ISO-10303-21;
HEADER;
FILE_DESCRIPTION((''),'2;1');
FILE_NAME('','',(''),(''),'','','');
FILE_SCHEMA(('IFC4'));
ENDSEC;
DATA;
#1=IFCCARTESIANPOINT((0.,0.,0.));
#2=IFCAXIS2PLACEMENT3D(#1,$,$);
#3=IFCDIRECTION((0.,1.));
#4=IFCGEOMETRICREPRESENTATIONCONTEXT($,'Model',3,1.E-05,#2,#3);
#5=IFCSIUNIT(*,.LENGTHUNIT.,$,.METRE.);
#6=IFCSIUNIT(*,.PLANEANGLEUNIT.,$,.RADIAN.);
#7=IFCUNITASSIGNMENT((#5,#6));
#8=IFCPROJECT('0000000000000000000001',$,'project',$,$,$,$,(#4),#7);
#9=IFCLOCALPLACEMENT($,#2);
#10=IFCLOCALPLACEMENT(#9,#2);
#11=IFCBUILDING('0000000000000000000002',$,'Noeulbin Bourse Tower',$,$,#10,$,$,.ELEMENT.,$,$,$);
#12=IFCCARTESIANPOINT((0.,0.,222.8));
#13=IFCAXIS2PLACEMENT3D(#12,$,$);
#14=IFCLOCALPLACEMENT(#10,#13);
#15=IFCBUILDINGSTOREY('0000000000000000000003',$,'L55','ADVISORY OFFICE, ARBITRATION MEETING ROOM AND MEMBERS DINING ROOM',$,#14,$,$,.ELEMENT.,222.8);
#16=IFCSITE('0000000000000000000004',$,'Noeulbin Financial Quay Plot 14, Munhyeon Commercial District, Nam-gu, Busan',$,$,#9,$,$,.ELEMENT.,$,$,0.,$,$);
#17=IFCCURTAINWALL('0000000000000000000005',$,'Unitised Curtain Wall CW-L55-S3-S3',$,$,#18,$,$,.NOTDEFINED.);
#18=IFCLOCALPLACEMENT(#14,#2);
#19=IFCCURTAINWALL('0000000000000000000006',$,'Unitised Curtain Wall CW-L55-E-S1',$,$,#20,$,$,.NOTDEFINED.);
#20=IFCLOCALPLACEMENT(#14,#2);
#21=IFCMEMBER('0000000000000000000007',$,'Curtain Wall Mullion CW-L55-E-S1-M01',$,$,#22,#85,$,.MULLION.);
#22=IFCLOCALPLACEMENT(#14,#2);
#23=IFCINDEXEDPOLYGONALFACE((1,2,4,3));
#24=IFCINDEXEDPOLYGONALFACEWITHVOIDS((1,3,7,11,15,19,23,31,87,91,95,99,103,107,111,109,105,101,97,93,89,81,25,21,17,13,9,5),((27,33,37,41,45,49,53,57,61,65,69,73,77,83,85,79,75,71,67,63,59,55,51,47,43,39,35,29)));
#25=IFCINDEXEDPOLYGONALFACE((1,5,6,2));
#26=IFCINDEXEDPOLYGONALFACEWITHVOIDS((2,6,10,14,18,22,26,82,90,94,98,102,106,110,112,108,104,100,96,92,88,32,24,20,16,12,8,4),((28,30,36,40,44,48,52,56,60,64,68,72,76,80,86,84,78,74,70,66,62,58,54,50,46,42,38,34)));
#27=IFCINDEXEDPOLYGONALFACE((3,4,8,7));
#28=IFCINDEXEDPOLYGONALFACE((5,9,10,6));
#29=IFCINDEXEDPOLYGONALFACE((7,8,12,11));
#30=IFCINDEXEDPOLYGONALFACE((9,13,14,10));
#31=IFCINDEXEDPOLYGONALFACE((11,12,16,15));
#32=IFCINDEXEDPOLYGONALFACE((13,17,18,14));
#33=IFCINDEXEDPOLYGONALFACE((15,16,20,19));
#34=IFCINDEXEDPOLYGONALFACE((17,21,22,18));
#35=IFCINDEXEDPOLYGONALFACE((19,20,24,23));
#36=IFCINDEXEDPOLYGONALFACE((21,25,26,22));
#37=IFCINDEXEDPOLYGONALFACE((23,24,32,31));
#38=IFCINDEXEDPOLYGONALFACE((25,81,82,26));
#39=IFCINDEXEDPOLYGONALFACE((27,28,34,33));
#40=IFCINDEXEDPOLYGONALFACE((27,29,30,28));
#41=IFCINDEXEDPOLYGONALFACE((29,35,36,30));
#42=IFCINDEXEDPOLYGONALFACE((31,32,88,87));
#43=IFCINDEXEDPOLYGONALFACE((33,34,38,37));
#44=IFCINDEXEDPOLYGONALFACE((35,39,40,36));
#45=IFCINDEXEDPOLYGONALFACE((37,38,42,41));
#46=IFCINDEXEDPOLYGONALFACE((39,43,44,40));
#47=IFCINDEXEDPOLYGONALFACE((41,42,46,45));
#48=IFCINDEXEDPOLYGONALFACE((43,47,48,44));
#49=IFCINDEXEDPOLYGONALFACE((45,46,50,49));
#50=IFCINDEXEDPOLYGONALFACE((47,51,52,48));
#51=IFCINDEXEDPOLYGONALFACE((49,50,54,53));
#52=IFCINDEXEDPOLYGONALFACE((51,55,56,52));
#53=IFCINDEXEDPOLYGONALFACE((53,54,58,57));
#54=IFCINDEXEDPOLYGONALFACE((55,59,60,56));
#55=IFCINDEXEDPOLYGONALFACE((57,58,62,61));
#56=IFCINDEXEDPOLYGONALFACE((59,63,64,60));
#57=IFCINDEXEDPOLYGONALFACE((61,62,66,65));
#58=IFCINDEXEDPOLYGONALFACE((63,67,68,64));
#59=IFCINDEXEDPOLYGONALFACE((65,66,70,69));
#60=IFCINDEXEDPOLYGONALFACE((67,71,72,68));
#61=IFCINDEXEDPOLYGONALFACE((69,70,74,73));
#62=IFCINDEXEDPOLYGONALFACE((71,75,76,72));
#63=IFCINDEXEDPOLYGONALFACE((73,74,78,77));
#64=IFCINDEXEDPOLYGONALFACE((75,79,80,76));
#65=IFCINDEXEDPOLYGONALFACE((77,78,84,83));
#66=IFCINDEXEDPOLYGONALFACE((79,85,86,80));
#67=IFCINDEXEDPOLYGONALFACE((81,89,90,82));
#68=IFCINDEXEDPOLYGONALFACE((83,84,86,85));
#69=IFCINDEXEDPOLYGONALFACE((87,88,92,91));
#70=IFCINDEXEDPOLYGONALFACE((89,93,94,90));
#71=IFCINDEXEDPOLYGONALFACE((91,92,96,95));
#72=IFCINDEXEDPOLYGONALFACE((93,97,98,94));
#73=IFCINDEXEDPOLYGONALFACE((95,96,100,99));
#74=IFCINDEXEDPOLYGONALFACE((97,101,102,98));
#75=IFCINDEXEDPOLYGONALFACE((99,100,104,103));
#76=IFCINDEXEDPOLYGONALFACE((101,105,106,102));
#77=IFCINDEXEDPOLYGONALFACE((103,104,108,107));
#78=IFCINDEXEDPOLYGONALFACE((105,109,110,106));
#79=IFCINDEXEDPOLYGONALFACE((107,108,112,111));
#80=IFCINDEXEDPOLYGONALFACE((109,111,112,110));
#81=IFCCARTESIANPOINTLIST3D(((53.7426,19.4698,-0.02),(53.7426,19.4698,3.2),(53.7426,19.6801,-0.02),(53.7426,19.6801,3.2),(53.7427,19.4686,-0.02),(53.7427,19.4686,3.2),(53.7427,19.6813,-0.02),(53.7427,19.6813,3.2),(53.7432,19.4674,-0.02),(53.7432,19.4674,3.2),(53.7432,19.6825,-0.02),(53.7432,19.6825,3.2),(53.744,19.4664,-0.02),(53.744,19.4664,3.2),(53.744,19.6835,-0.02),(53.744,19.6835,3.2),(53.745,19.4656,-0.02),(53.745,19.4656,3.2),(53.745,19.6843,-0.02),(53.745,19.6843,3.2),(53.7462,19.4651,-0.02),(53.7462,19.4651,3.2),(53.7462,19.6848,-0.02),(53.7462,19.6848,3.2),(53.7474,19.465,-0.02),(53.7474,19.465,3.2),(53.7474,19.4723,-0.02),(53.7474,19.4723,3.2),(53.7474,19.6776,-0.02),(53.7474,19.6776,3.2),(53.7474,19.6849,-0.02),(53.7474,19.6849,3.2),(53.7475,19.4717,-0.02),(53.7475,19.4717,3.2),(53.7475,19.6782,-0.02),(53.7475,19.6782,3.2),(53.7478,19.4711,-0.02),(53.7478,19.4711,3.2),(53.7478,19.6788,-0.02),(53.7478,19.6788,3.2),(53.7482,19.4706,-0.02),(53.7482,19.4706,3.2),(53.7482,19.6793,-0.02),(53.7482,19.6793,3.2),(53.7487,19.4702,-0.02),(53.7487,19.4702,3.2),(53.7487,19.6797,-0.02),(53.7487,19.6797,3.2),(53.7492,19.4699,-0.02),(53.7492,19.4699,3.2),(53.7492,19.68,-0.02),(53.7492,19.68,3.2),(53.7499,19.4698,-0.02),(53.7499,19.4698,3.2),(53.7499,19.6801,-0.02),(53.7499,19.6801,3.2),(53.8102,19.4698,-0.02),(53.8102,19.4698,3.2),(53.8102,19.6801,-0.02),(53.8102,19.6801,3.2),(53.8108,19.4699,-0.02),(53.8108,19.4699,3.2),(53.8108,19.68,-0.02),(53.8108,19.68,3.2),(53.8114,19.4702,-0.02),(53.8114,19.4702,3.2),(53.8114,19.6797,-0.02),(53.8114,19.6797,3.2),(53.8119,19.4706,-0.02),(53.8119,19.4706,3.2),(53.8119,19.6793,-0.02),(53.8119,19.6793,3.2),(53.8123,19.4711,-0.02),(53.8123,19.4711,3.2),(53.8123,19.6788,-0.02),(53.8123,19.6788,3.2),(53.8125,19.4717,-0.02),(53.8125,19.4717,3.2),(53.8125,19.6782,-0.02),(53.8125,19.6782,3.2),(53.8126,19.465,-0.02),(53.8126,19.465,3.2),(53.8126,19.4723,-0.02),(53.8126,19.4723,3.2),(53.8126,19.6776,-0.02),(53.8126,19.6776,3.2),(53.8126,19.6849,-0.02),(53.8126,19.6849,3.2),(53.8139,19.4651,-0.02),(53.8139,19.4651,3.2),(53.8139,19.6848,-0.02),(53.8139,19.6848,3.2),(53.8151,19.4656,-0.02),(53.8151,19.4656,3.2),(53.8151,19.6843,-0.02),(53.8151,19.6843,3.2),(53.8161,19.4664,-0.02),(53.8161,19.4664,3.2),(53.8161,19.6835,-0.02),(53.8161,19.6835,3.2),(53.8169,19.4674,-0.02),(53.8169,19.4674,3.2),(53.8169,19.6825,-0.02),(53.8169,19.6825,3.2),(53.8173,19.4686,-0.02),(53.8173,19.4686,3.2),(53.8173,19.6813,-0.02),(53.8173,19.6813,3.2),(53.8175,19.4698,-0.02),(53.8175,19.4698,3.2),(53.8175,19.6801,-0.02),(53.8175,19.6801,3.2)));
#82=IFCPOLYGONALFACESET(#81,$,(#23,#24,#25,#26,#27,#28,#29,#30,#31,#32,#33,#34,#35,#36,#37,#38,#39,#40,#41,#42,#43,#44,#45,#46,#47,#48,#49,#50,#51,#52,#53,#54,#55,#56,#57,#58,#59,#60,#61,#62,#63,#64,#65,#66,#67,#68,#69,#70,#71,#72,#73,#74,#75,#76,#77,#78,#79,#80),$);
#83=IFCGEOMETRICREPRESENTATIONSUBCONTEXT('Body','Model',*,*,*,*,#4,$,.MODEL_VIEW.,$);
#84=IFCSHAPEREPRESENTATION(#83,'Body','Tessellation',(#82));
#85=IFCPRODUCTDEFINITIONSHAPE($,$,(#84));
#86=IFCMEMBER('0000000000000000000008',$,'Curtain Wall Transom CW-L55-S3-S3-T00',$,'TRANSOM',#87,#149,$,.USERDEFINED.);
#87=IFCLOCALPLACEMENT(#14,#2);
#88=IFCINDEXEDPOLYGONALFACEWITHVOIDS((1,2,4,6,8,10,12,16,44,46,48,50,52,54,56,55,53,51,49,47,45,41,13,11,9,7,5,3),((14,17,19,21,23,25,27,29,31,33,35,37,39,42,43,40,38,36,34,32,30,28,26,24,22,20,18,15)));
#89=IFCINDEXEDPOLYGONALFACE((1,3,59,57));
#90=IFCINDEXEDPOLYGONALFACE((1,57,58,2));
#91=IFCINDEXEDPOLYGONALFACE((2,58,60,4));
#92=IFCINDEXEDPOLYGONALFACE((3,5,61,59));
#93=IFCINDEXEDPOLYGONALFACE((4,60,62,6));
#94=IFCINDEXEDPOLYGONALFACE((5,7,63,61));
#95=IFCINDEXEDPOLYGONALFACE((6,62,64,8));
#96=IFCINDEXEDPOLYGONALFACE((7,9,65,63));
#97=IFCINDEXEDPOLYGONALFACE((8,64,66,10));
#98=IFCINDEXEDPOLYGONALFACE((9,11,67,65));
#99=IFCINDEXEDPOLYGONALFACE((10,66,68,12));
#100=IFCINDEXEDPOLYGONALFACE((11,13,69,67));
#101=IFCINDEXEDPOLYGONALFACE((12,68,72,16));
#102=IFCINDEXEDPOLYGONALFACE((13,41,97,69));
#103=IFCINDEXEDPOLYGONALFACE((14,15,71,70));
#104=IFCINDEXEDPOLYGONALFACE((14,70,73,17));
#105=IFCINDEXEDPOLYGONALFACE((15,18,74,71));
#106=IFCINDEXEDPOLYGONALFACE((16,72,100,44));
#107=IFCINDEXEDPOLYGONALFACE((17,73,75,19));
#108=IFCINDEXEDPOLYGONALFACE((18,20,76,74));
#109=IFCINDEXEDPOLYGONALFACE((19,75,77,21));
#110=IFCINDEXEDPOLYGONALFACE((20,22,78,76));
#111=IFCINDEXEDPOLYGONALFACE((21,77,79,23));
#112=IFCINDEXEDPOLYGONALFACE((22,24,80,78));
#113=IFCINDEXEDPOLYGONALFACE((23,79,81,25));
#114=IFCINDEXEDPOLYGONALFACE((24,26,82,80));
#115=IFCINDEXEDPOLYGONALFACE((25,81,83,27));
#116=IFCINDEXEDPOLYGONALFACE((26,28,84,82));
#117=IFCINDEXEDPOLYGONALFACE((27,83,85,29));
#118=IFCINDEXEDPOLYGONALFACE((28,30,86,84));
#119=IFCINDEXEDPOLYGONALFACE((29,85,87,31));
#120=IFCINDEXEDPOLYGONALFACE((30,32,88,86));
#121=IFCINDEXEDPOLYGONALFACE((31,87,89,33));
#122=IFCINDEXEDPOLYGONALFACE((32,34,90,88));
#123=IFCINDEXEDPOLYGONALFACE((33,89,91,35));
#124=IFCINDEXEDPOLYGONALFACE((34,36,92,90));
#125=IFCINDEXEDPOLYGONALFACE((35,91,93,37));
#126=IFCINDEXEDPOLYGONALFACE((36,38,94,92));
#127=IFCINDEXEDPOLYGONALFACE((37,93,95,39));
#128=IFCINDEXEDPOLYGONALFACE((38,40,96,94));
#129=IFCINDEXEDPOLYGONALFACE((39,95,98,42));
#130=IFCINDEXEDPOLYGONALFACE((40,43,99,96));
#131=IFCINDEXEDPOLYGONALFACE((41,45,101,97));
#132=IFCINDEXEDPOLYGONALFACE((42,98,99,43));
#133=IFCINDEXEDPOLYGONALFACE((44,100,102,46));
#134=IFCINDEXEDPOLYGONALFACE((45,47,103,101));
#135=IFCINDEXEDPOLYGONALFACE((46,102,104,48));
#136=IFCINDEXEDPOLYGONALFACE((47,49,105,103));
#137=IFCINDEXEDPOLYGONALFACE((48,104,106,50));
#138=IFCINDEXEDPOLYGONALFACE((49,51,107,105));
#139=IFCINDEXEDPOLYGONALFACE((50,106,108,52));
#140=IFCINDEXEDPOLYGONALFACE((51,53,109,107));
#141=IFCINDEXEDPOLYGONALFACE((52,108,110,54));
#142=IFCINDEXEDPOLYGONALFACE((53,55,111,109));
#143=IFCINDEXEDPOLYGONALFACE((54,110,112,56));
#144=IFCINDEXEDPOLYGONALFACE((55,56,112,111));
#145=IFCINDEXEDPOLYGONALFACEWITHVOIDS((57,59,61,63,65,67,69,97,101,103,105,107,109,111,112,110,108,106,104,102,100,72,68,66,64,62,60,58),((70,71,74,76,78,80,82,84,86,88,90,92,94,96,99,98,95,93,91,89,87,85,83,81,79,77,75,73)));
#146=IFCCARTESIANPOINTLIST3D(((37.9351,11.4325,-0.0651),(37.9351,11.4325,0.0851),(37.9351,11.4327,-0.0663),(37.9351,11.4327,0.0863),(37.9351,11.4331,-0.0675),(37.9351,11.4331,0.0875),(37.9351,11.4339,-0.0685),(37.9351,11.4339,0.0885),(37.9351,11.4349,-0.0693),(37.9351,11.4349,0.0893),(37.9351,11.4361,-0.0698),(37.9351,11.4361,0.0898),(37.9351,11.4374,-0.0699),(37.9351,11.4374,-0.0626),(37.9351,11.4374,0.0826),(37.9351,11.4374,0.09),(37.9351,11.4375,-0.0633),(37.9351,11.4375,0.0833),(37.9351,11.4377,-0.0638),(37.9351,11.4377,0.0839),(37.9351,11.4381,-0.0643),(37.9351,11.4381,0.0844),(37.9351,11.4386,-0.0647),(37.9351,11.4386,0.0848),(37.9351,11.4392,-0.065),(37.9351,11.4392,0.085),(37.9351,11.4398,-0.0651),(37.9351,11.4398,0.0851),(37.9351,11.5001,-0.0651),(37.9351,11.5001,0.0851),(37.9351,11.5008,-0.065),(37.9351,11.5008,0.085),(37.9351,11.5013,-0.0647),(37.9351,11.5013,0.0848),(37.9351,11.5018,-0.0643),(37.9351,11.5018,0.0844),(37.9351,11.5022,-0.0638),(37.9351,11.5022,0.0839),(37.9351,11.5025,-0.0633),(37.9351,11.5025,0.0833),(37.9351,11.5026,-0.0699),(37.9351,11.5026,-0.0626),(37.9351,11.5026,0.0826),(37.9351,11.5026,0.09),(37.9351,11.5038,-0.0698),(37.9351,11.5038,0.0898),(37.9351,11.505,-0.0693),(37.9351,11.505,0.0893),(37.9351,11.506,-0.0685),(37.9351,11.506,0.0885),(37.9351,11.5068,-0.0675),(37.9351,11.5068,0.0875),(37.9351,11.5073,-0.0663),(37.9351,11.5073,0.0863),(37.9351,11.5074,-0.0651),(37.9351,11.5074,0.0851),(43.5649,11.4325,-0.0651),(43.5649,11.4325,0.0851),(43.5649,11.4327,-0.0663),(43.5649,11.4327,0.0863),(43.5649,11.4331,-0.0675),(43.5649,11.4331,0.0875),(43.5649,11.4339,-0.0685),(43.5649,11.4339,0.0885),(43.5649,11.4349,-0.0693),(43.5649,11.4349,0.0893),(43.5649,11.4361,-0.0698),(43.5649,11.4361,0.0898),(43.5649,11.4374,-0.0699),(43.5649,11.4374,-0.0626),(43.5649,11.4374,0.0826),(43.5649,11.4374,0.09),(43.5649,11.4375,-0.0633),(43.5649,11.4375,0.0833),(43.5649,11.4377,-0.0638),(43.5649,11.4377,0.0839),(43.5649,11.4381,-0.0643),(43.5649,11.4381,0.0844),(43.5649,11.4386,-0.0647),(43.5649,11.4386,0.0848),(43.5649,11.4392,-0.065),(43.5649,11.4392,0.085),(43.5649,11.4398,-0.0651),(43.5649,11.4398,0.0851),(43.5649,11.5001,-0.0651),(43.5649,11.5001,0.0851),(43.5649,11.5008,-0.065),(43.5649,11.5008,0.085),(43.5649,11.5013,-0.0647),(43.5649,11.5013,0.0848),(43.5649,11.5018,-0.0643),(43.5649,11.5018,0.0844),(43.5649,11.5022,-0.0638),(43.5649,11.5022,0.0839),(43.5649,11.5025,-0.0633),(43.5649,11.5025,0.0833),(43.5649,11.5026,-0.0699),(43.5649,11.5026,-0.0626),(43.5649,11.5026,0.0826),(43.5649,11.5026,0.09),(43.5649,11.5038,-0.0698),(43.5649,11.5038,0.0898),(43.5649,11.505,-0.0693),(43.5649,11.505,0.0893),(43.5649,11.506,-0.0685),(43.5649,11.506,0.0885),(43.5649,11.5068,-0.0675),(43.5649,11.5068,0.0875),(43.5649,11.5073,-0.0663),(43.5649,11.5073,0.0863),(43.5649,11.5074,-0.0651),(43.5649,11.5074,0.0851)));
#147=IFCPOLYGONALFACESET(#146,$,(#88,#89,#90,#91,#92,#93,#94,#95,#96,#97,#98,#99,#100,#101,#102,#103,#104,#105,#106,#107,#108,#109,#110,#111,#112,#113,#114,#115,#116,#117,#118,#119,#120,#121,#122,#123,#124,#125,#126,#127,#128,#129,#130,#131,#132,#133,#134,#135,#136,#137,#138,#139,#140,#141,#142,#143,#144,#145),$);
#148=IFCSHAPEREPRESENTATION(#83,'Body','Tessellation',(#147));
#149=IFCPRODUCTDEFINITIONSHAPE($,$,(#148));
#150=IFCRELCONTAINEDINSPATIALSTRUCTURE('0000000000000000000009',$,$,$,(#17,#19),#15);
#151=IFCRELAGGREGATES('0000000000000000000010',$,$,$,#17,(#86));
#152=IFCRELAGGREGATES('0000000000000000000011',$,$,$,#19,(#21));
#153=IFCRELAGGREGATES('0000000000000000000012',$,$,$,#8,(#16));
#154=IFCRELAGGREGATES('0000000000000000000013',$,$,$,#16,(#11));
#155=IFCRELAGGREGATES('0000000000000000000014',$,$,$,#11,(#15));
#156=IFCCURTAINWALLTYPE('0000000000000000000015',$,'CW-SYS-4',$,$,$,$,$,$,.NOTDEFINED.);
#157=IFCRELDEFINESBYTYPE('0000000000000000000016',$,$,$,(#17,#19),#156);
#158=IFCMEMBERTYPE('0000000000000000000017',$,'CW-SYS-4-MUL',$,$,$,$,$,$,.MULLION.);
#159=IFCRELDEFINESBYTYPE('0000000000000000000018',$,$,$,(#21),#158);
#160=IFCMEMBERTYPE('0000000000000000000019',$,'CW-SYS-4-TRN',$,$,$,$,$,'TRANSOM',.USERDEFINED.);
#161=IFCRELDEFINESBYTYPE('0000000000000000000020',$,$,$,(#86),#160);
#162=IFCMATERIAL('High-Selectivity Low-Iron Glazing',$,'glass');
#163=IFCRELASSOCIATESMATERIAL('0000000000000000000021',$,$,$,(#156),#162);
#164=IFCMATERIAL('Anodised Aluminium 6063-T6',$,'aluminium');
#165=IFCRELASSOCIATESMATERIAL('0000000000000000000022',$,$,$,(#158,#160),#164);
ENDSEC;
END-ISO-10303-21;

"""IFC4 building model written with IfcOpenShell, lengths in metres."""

from ifc_helpers import new_model, si_unit, direction, frame, origin, origin_2d, place, context, subcontext, project, spatial, hollow_rectangle, extrude, material, material_profile, profile_set, type_object, element, aggregate, save


model = new_model("IFC4")

# Units and contexts
model_context = context("Model", 3, precision=1e-05, world=origin(), true_north=direction((0.0, 1.0)))
body_context = subcontext(model_context, "Body", "Model", "MODEL_VIEW")
ifc_project = project(units=[si_unit("LENGTHUNIT", "METRE"), si_unit("PLANEANGLEUNIT", "RADIAN")], contexts=[model_context])

# Site, building, storey
site_placement = place(None, origin())
site = spatial("IfcSite", under=ifc_project, at=site_placement, Name="Noeulbin Financial Quay Plot 14, Munhyeon Commercial District, Nam-gu, Busan", CompositionType="ELEMENT", RefElevation=0.0)
building_placement = place(site_placement, origin())
building = spatial("IfcBuilding", under=site, at=building_placement, Name="Noeulbin Bourse Tower", CompositionType="ELEMENT")
storey_placement = place(building_placement, frame((0.0, 0.0, 222.8)))
storey = spatial("IfcBuildingStorey", under=building, at=storey_placement, Name="L55", Description="ADVISORY OFFICE, ARBITRATION MEETING ROOM AND MEMBERS DINING ROOM", CompositionType="ELEMENT", Elevation=222.8)

# Curtain walls, member
ifc_material_1 = material(Name="High-Selectivity Low-Iron Glazing", Category="glass")
curtain_wall_type = type_object("IfcCurtainWallType", Name="CW-SYS-4", PredefinedType="NOTDEFINED", material=ifc_material_1)
curtain_wall_1_placement = place(storey_placement, origin())
curtain_wall_1 = element("IfcCurtainWall", 1, at=curtain_wall_1_placement, inside=storey, type_object=curtain_wall_type, Name="Unitised Curtain Wall CW-L55-S3-S3", PredefinedType="NOTDEFINED")
ifc_material_2 = material(Name="Anodised Aluminium 6063-T6", Category="aluminium")
ifc_material_profile_1 = material_profile(ifc_material_2, hollow_rectangle(XDim=0.075, YDim=0.22, WallThickness=0.0049, InnerFilletRadius=0.0024, OuterFilletRadius=0.0049, at=origin_2d()), Name="ALU-MULL-75x220x5", Category="LoadBearing")
ifc_profile_set_1 = profile_set([ifc_material_profile_1], Name="Anodised Aluminium 6063-T6")
member_type_1 = type_object("IfcMemberType", Name="CW-SYS-4-MUL", PredefinedType="MULLION", material=ifc_profile_set_1)
curtain_wall_2_placement = place(storey_placement, origin())
curtain_wall_2 = element("IfcCurtainWall", 2, at=curtain_wall_2_placement, inside=storey, type_object=curtain_wall_type, Name="Unitised Curtain Wall CW-L55-E-S1", PredefinedType="NOTDEFINED")
member_1_placement = place(storey_placement, frame((53.78, 19.575, -0.02), z_axis=(0.0, 0.0, 1.0), x_axis=(1.0, 0.0, 0.0)))
member_1 = element("IfcMember", 3, at=member_1_placement, type_object=member_type_1, Name="Curtain Wall Mullion CW-L55-E-S1-M01", PredefinedType="MULLION", context=body_context, shape_type="SweptSolid", body=[
    extrude(hollow_rectangle(XDim=0.075, YDim=0.22, WallThickness=0.0049, InnerFilletRadius=0.0024, OuterFilletRadius=0.0049, at=origin_2d()), origin(), (0.0, 0.0, 1.0), 3.22),
])

# Member
ifc_material_profile_2 = material_profile(ifc_material_2, hollow_rectangle(XDim=0.075, YDim=0.1599, WallThickness=0.0049, InnerFilletRadius=0.0024, OuterFilletRadius=0.0049, at=origin_2d()), Name="ALU-TRAN-75x160x5", Category="LoadBearing")
ifc_profile_set_2 = profile_set([ifc_material_profile_2], Name="Anodised Aluminium 6063-T6")
member_type_2 = type_object("IfcMemberType", Name="CW-SYS-4-TRN", ElementType="TRANSOM", PredefinedType="USERDEFINED", material=ifc_profile_set_2)
member_2_placement = place(storey_placement, frame((37.9351, 11.47, 0.01), z_axis=(1.0, 0.0, 0.0), x_axis=(0.0, 1.0, 0.0)))
member_2 = element("IfcMember", 4, at=member_2_placement, type_object=member_type_2, Name="Curtain Wall Transom CW-L55-S3-S3-T00", ObjectType="TRANSOM", PredefinedType="USERDEFINED", context=body_context, shape_type="SweptSolid", body=[
    extrude(hollow_rectangle(XDim=0.075, YDim=0.1599, WallThickness=0.0049, InnerFilletRadius=0.0024, OuterFilletRadius=0.0049, at=origin_2d()), origin(), (0.0, 0.0, 1.0), 5.6299),
])

aggregate(curtain_wall_1, [member_2])
aggregate(curtain_wall_2, [member_1])

save(model, "model.ifc")
